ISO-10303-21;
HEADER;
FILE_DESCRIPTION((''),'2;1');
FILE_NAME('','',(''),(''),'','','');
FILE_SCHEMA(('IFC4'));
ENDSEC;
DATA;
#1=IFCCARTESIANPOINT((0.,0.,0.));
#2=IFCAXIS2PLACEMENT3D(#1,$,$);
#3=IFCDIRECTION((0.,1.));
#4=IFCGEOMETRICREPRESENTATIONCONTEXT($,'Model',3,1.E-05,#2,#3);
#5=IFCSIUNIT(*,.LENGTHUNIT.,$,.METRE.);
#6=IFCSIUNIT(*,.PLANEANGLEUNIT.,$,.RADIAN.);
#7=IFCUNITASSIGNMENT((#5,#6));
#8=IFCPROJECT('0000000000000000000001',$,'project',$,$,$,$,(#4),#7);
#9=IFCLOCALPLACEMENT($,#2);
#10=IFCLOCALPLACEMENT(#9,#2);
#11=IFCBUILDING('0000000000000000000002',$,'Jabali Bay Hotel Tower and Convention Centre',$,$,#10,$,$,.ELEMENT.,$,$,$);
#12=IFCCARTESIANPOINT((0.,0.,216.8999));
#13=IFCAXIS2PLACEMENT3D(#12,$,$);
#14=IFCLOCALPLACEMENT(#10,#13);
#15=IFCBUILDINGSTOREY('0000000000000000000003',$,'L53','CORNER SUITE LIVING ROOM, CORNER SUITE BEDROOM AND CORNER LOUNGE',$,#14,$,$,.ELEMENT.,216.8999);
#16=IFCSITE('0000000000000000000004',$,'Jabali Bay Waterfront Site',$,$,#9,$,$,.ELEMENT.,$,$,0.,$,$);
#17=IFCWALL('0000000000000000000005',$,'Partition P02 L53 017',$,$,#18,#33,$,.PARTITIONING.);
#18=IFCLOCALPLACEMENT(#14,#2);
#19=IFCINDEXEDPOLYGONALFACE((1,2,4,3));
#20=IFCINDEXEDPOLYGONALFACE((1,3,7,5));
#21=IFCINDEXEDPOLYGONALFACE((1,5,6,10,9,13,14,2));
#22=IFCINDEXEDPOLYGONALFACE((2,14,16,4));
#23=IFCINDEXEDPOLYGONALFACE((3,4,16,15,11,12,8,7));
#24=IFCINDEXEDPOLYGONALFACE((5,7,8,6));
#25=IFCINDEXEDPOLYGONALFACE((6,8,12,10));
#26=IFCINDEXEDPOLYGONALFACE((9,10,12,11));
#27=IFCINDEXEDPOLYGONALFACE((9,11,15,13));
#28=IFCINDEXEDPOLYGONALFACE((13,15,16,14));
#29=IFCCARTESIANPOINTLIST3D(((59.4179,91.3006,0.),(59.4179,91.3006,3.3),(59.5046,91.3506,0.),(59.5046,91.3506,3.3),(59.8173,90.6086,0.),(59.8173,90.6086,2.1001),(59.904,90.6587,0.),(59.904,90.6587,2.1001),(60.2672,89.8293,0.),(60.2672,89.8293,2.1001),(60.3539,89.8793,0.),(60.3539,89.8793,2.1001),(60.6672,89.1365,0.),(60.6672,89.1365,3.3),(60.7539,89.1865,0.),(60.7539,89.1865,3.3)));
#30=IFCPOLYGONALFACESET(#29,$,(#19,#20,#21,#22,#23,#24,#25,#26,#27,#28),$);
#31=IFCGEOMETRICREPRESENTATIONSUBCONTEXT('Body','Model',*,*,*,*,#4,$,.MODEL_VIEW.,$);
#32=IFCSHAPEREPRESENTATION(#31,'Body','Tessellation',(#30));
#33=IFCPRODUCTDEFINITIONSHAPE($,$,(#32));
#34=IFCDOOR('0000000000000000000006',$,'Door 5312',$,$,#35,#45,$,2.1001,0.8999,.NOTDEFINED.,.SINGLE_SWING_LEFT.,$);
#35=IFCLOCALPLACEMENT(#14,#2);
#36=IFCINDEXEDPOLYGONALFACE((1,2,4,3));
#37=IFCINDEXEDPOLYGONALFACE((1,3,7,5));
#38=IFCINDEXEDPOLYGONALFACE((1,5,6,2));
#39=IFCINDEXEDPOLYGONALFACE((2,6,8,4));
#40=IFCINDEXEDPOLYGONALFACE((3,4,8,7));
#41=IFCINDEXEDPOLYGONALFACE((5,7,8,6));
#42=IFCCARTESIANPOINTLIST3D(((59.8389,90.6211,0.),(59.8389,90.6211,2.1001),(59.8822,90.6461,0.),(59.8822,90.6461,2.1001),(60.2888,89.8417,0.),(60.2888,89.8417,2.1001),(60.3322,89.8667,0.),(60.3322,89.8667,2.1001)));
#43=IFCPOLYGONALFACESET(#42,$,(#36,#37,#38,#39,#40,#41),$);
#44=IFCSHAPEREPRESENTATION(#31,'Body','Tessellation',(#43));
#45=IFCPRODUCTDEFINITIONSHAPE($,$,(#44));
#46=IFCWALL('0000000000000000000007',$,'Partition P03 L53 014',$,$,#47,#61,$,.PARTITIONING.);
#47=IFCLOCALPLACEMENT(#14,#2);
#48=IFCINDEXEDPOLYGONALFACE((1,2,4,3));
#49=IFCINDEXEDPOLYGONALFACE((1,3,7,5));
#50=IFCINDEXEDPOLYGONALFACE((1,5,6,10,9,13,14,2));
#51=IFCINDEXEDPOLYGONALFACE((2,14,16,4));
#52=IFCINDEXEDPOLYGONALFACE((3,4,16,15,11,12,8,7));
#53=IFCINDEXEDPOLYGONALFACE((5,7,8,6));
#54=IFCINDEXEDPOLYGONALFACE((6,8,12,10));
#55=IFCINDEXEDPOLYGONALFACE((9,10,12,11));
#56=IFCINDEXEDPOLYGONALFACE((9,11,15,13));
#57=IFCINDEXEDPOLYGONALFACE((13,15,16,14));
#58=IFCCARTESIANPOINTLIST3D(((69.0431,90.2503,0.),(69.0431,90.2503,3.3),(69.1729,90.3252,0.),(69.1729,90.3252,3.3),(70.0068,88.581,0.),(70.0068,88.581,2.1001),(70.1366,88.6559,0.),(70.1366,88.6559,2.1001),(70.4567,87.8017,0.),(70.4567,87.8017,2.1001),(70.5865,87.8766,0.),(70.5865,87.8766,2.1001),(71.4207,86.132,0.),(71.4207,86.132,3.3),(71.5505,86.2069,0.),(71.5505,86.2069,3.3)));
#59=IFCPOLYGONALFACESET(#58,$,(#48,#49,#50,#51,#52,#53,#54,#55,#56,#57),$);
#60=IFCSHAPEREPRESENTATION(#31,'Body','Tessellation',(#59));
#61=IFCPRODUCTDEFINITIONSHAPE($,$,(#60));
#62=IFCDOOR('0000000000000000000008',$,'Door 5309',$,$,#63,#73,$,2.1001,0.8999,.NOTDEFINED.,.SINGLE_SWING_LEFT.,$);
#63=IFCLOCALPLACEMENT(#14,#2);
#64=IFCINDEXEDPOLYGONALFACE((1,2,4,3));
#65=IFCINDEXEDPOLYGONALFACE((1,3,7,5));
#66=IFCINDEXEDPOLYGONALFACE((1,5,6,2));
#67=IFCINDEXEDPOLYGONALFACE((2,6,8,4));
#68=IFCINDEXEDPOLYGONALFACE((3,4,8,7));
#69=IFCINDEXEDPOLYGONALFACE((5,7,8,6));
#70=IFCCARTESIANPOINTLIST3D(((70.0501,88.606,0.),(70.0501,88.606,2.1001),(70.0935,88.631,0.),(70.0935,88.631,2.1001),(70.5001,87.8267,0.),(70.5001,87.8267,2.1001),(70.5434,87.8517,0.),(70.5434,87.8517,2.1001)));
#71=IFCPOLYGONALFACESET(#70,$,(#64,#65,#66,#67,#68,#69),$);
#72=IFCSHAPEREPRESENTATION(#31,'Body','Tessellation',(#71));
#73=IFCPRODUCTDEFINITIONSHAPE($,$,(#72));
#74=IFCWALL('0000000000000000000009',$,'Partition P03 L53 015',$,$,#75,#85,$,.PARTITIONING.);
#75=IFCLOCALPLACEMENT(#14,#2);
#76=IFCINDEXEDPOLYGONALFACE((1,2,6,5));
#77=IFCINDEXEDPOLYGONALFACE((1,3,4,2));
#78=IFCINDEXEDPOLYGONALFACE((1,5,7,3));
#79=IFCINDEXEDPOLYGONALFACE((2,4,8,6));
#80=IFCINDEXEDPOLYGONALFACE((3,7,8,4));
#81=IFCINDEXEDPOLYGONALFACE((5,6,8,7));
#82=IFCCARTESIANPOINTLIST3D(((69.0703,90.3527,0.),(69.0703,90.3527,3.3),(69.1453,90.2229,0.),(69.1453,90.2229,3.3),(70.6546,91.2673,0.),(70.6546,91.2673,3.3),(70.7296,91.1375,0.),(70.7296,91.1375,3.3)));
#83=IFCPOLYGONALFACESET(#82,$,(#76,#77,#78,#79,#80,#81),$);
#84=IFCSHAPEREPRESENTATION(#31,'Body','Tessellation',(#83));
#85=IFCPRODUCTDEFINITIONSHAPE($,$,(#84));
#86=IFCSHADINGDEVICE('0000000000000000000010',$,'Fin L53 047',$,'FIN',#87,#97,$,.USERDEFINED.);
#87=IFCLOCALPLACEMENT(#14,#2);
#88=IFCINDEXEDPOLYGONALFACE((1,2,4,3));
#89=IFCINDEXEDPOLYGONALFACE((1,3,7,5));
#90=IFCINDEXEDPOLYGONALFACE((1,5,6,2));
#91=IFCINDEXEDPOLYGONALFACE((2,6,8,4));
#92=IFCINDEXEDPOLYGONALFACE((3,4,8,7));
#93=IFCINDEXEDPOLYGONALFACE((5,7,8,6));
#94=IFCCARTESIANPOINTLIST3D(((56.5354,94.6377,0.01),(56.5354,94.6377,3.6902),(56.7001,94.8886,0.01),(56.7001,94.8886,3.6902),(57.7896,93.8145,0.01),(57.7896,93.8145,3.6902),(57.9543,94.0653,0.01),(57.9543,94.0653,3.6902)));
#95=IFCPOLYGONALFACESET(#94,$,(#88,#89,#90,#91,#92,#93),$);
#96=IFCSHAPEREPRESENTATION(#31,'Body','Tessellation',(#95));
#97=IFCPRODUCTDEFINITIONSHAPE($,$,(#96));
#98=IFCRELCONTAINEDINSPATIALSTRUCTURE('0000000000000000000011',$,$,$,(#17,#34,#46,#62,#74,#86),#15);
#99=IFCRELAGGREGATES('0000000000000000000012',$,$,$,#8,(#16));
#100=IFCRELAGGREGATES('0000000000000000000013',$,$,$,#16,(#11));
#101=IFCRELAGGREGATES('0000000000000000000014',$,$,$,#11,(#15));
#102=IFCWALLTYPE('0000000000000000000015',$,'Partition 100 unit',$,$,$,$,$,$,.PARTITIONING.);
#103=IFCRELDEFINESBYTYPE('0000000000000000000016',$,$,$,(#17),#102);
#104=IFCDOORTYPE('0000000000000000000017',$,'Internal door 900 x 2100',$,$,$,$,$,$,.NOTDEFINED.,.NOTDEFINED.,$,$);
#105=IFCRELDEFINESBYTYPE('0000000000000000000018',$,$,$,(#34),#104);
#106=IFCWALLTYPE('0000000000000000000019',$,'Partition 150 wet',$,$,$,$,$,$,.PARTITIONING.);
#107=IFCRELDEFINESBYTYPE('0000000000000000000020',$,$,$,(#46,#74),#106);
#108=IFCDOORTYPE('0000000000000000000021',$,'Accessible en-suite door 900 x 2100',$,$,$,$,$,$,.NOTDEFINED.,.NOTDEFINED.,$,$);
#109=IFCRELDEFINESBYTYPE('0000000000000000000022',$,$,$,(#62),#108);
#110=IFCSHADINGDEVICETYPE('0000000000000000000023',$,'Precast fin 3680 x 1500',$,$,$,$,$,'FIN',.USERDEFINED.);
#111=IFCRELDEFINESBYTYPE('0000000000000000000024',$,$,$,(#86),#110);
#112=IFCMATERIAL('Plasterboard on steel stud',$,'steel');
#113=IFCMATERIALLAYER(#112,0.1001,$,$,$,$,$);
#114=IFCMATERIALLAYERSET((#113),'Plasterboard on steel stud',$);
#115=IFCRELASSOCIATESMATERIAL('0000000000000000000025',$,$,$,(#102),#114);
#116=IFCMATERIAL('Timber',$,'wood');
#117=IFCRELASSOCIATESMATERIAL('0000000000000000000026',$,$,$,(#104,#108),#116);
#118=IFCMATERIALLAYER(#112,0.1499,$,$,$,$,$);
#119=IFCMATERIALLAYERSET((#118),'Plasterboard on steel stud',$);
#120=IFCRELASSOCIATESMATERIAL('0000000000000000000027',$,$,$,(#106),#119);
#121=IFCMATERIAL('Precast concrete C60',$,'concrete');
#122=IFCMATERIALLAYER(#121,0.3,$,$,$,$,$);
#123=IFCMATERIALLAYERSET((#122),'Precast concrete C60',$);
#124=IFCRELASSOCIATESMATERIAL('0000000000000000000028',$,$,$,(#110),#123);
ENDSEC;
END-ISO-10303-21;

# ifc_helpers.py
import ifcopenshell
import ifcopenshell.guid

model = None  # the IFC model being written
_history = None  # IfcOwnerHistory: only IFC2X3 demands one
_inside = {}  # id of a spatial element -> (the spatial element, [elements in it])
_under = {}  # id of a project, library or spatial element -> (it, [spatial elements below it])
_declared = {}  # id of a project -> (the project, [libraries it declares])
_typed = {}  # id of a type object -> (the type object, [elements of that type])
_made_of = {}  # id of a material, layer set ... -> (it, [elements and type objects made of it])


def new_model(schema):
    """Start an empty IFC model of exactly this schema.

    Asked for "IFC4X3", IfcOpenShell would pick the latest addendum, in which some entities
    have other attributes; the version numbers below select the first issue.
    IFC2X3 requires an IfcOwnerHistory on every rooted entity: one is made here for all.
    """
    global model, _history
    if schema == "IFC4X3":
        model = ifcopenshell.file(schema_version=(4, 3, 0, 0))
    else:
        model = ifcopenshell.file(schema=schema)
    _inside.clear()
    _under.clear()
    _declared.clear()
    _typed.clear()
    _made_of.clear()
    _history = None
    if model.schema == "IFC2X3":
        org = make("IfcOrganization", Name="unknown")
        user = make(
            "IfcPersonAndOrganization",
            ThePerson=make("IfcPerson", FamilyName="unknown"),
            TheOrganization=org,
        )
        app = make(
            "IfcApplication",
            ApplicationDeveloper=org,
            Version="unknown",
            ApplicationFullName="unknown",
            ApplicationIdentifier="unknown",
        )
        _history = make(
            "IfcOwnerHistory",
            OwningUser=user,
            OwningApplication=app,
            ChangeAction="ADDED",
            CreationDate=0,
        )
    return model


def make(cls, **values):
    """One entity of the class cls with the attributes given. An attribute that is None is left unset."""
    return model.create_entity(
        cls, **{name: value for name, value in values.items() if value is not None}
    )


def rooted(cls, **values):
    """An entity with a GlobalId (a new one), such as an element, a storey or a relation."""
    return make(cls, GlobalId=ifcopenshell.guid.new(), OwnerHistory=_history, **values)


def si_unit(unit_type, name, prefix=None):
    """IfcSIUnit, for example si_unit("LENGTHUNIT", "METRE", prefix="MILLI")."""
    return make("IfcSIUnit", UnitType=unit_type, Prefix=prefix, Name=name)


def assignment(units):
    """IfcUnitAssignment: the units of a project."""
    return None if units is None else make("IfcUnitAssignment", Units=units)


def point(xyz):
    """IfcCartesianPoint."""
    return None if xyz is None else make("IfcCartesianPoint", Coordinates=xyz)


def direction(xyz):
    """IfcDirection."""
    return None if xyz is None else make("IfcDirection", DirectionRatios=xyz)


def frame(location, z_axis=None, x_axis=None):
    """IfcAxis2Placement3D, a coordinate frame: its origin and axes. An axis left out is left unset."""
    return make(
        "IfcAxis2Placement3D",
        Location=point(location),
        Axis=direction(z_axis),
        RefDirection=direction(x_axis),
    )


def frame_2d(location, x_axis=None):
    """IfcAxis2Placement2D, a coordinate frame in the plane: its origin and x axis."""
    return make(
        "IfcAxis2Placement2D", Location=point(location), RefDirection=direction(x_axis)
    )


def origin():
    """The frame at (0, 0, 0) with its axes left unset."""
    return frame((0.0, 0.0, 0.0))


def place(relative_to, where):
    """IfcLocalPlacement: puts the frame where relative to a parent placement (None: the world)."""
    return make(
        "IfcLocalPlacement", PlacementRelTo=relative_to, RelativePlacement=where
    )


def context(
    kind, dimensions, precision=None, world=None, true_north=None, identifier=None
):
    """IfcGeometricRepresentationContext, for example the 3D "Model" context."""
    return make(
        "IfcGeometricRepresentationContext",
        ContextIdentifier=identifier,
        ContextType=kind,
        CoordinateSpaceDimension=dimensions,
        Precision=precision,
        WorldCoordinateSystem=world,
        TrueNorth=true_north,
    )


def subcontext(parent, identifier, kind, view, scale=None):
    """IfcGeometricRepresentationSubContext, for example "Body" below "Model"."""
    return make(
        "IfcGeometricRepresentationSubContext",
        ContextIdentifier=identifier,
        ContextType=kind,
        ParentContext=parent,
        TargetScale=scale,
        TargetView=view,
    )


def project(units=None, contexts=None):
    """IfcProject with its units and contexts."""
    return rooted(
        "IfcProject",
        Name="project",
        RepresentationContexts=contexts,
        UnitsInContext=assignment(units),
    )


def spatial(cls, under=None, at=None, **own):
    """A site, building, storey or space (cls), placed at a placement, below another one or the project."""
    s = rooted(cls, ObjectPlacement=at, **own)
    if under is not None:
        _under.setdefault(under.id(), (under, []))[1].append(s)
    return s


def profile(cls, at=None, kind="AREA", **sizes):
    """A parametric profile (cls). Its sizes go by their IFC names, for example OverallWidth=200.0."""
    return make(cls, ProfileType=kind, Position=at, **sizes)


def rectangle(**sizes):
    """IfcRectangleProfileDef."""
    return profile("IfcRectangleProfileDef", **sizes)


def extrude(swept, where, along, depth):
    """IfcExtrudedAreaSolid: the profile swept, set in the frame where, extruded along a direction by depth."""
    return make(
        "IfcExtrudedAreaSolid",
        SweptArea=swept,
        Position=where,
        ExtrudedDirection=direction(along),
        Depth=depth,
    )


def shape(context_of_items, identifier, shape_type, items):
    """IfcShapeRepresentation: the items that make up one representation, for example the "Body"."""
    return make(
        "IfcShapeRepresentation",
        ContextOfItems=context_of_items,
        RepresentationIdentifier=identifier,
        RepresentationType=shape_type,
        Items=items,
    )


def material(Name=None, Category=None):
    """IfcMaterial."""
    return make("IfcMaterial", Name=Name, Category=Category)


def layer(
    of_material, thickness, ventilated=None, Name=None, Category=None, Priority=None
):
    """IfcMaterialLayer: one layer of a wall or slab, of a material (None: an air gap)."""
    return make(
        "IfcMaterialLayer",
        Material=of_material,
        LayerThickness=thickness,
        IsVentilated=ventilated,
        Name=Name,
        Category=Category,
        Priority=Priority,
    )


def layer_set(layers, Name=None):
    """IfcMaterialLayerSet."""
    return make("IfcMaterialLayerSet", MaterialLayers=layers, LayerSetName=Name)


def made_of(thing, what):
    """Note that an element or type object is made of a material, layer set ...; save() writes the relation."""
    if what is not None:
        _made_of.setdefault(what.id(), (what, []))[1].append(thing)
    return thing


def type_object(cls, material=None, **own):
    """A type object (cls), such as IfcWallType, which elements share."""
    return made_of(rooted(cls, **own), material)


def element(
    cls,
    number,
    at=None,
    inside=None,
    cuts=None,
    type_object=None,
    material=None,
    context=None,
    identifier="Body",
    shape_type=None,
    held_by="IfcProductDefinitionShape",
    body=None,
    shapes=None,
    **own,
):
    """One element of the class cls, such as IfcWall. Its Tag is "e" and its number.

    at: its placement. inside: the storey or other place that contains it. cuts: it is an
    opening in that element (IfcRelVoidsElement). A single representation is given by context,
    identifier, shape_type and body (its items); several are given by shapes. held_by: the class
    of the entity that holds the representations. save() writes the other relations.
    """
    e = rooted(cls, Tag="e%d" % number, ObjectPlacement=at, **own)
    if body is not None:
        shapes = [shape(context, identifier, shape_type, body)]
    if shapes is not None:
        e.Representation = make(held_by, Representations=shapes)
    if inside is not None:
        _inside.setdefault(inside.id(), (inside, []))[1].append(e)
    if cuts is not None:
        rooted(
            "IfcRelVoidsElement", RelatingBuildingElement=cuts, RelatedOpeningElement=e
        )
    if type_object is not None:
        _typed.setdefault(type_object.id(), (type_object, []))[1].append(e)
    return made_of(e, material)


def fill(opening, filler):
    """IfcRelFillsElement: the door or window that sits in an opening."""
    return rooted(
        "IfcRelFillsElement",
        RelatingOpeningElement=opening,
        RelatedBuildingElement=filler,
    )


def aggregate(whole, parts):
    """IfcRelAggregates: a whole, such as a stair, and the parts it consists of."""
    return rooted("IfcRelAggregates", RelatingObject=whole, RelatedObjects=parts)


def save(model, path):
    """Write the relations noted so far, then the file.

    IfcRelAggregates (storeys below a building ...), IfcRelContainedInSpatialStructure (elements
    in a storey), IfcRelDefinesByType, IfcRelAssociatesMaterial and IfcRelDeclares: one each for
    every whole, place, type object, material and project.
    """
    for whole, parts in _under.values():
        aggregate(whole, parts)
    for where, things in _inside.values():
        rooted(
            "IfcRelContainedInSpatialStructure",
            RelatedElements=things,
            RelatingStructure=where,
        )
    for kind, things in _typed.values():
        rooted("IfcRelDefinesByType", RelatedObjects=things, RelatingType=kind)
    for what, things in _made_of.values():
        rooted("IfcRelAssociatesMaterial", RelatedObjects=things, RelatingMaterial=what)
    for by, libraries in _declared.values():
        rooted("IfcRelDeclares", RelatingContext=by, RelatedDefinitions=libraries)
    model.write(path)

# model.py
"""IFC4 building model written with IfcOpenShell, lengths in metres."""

from ifc_helpers import new_model, si_unit, direction, frame, frame_2d, origin, place, context, subcontext, project, spatial, rectangle, extrude, material, layer, layer_set, type_object, element, fill, save


model = new_model("IFC4")

# Units and contexts
model_context = context("Model", 3, precision=1e-05, world=origin(), true_north=direction((0.0, 1.0)))
body_context = subcontext(model_context, "Body", "Model", "MODEL_VIEW")
ifc_project = project(units=[si_unit("LENGTHUNIT", "METRE"), si_unit("PLANEANGLEUNIT", "RADIAN")], contexts=[model_context])

# Site, building, storey
site_placement = place(None, origin())
site = spatial("IfcSite", under=ifc_project, at=site_placement, Name="Jabali Bay Waterfront Site", CompositionType="ELEMENT", RefElevation=0.0)
building_placement = place(site_placement, origin())
building = spatial("IfcBuilding", under=site, at=building_placement, Name="Jabali Bay Hotel Tower and Convention Centre", CompositionType="ELEMENT")
storey_placement = place(building_placement, frame((0.0, 0.0, 216.8999)))
storey = spatial("IfcBuildingStorey", under=building, at=storey_placement, Name="L53", Description="CORNER SUITE LIVING ROOM, CORNER SUITE BEDROOM AND CORNER LOUNGE", CompositionType="ELEMENT", Elevation=216.8999)

# Shared definitions
ifc_material_1 = material(Name="Timber", Category="wood")

# Walls, openings, doors
ifc_material_2 = material(Name="Plasterboard on steel stud", Category="steel")
ifc_layer_1 = layer(ifc_material_2, 0.1001)
ifc_layer_set_1 = layer_set([ifc_layer_1], Name="Plasterboard on steel stud")
wall_type_1 = type_object("IfcWallType", Name="Partition 100 unit", PredefinedType="PARTITIONING", material=ifc_layer_set_1)
wall_1_placement = place(storey_placement, frame((59.4612, 91.3257, 0.0), z_axis=(0.0, 0.0, 1.0), x_axis=(0.499954, -0.866052, 0.0)))
wall_1 = element("IfcWall", 1, at=wall_1_placement, inside=storey, type_object=wall_type_1, Name="Partition P02 L53 017", PredefinedType="PARTITIONING", context=body_context, shape_type="SweptSolid", body=[
    extrude(rectangle(XDim=2.4988, YDim=0.1001, at=frame_2d((1.2495, 0.0))), origin(), (0.0, 0.0, 1.0), 3.3),
])
opening_1_placement = place(wall_1_placement, frame((0.7991, 0.0, 0.0)))
opening_1 = element("IfcOpeningElement", 2, at=opening_1_placement, cuts=wall_1, PredefinedType="OPENING", context=body_context, shape_type="SweptSolid", body=[
    extrude(rectangle(XDim=0.8999, YDim=2.1001, at=frame_2d((0.45, 1.05))), frame((0.0, 0.0605, 0.0), z_axis=(0.0, -1.0, 0.0), x_axis=(1.0, 0.0, 0.0)), (0.0, 0.0, 1.0), 0.1211),
])
door_type_1 = type_object("IfcDoorType", Name="Internal door 900 x 2100", OperationType="NOTDEFINED", PredefinedType="NOTDEFINED", material=ifc_material_1)
door_1_placement = place(opening_1_placement, origin())
door_1 = element("IfcDoor", 3, at=door_1_placement, inside=storey, type_object=door_type_1, Name="Door 5312", OperationType="SINGLE_SWING_LEFT", OverallHeight=2.1001, OverallWidth=0.8999, PredefinedType="NOTDEFINED", context=body_context, shape_type="SweptSolid", body=[
    extrude(rectangle(XDim=0.8999, YDim=2.1001, at=frame_2d((0.45, 1.05))), frame((0.0, 0.0249, 0.0), z_axis=(0.0, -1.0, 0.0), x_axis=(1.0, 0.0, 0.0)), (0.0, 0.0, 1.0), 0.05),
])
fill(opening_1, door_1)
ifc_layer_2 = layer(ifc_material_2, 0.1499)
ifc_layer_set_2 = layer_set([ifc_layer_2], Name="Plasterboard on steel stud")
wall_type_2 = type_object("IfcWallType", Name="Partition 150 wet", PredefinedType="PARTITIONING", material=ifc_layer_set_2)
wall_2_placement = place(storey_placement, frame((71.4856, 86.1694, 0.0), z_axis=(0.0, 0.0, 1.0), x_axis=(-0.499988, 0.866033, 0.0)))
wall_2 = element("IfcWall", 4, at=wall_2_placement, inside=storey, type_object=wall_type_2, Name="Partition P03 L53 014", PredefinedType="PARTITIONING", context=body_context, shape_type="SweptSolid", body=[
    extrude(rectangle(XDim=4.7554, YDim=0.1499, at=frame_2d((2.3777, 0.0))), origin(), (0.0, 0.0, 1.0), 3.3),
])
opening_2_placement = place(wall_2_placement, frame((1.928, 0.0, 0.0)))
opening_2 = element("IfcOpeningElement", 5, at=opening_2_placement, cuts=wall_2, PredefinedType="OPENING", context=body_context, shape_type="SweptSolid", body=[
    extrude(rectangle(XDim=0.8999, YDim=2.1001, at=frame_2d((0.45, 1.05))), frame((0.0, 0.0854, 0.0), z_axis=(0.0, -1.0, 0.0), x_axis=(1.0, 0.0, 0.0)), (0.0, 0.0, 1.0), 0.1709),
])
door_type_2 = type_object("IfcDoorType", Name="Accessible en-suite door 900 x 2100", OperationType="NOTDEFINED", PredefinedType="NOTDEFINED", material=ifc_material_1)
door_2_placement = place(opening_2_placement, origin())
door_2 = element("IfcDoor", 6, at=door_2_placement, inside=storey, type_object=door_type_2, Name="Door 5309", OperationType="SINGLE_SWING_LEFT", OverallHeight=2.1001, OverallWidth=0.8999, PredefinedType="NOTDEFINED", context=body_context, shape_type="SweptSolid", body=[
    extrude(rectangle(XDim=0.8999, YDim=2.1001, at=frame_2d((0.45, 1.05))), frame((0.0, 0.0249, 0.0), z_axis=(0.0, -1.0, 0.0), x_axis=(1.0, 0.0, 0.0)), (0.0, 0.0, 1.0), 0.05),
])
fill(opening_2, door_2)

# Wall
wall_3_placement = place(storey_placement, frame((69.1079, 90.2878, 0.0), z_axis=(0.0, 0.0, 1.0), x_axis=(0.86605, 0.499957, 0.0)))
element("IfcWall", 7, at=wall_3_placement, inside=storey, type_object=wall_type_2, Name="Partition P03 L53 015", PredefinedType="PARTITIONING", context=body_context, shape_type="SweptSolid", body=[
    extrude(rectangle(XDim=1.8293, YDim=0.1499, at=frame_2d((0.9146, 0.0))), origin(), (0.0, 0.0, 1.0), 3.3),
])

# Shading device
ifc_material_3 = material(Name="Precast concrete C60", Category="concrete")
ifc_layer_3 = layer(ifc_material_3, 0.3)
ifc_layer_set_3 = layer_set([ifc_layer_3], Name="Precast concrete C60")
shading_device_type = type_object("IfcShadingDeviceType", Name="Precast fin 3680 x 1500", ElementType="FIN", PredefinedType="USERDEFINED", material=ifc_layer_set_3)
shading_device_placement = place(storey_placement, frame((57.8718, 93.9399, 0.01), z_axis=(0.0, 0.0, 1.0), x_axis=(-0.835985, 0.548752, 0.0)))
element("IfcShadingDevice", 8, at=shading_device_placement, inside=storey, type_object=shading_device_type, Name="Fin L53 047", ObjectType="FIN", PredefinedType="USERDEFINED", context=body_context, shape_type="SweptSolid", body=[
    extrude(rectangle(XDim=1.5002, YDim=0.3, at=frame_2d((0.75, 0.0))), origin(), (0.0, 0.0, 1.0), 3.6802),
])

save(model, "model.ifc")
